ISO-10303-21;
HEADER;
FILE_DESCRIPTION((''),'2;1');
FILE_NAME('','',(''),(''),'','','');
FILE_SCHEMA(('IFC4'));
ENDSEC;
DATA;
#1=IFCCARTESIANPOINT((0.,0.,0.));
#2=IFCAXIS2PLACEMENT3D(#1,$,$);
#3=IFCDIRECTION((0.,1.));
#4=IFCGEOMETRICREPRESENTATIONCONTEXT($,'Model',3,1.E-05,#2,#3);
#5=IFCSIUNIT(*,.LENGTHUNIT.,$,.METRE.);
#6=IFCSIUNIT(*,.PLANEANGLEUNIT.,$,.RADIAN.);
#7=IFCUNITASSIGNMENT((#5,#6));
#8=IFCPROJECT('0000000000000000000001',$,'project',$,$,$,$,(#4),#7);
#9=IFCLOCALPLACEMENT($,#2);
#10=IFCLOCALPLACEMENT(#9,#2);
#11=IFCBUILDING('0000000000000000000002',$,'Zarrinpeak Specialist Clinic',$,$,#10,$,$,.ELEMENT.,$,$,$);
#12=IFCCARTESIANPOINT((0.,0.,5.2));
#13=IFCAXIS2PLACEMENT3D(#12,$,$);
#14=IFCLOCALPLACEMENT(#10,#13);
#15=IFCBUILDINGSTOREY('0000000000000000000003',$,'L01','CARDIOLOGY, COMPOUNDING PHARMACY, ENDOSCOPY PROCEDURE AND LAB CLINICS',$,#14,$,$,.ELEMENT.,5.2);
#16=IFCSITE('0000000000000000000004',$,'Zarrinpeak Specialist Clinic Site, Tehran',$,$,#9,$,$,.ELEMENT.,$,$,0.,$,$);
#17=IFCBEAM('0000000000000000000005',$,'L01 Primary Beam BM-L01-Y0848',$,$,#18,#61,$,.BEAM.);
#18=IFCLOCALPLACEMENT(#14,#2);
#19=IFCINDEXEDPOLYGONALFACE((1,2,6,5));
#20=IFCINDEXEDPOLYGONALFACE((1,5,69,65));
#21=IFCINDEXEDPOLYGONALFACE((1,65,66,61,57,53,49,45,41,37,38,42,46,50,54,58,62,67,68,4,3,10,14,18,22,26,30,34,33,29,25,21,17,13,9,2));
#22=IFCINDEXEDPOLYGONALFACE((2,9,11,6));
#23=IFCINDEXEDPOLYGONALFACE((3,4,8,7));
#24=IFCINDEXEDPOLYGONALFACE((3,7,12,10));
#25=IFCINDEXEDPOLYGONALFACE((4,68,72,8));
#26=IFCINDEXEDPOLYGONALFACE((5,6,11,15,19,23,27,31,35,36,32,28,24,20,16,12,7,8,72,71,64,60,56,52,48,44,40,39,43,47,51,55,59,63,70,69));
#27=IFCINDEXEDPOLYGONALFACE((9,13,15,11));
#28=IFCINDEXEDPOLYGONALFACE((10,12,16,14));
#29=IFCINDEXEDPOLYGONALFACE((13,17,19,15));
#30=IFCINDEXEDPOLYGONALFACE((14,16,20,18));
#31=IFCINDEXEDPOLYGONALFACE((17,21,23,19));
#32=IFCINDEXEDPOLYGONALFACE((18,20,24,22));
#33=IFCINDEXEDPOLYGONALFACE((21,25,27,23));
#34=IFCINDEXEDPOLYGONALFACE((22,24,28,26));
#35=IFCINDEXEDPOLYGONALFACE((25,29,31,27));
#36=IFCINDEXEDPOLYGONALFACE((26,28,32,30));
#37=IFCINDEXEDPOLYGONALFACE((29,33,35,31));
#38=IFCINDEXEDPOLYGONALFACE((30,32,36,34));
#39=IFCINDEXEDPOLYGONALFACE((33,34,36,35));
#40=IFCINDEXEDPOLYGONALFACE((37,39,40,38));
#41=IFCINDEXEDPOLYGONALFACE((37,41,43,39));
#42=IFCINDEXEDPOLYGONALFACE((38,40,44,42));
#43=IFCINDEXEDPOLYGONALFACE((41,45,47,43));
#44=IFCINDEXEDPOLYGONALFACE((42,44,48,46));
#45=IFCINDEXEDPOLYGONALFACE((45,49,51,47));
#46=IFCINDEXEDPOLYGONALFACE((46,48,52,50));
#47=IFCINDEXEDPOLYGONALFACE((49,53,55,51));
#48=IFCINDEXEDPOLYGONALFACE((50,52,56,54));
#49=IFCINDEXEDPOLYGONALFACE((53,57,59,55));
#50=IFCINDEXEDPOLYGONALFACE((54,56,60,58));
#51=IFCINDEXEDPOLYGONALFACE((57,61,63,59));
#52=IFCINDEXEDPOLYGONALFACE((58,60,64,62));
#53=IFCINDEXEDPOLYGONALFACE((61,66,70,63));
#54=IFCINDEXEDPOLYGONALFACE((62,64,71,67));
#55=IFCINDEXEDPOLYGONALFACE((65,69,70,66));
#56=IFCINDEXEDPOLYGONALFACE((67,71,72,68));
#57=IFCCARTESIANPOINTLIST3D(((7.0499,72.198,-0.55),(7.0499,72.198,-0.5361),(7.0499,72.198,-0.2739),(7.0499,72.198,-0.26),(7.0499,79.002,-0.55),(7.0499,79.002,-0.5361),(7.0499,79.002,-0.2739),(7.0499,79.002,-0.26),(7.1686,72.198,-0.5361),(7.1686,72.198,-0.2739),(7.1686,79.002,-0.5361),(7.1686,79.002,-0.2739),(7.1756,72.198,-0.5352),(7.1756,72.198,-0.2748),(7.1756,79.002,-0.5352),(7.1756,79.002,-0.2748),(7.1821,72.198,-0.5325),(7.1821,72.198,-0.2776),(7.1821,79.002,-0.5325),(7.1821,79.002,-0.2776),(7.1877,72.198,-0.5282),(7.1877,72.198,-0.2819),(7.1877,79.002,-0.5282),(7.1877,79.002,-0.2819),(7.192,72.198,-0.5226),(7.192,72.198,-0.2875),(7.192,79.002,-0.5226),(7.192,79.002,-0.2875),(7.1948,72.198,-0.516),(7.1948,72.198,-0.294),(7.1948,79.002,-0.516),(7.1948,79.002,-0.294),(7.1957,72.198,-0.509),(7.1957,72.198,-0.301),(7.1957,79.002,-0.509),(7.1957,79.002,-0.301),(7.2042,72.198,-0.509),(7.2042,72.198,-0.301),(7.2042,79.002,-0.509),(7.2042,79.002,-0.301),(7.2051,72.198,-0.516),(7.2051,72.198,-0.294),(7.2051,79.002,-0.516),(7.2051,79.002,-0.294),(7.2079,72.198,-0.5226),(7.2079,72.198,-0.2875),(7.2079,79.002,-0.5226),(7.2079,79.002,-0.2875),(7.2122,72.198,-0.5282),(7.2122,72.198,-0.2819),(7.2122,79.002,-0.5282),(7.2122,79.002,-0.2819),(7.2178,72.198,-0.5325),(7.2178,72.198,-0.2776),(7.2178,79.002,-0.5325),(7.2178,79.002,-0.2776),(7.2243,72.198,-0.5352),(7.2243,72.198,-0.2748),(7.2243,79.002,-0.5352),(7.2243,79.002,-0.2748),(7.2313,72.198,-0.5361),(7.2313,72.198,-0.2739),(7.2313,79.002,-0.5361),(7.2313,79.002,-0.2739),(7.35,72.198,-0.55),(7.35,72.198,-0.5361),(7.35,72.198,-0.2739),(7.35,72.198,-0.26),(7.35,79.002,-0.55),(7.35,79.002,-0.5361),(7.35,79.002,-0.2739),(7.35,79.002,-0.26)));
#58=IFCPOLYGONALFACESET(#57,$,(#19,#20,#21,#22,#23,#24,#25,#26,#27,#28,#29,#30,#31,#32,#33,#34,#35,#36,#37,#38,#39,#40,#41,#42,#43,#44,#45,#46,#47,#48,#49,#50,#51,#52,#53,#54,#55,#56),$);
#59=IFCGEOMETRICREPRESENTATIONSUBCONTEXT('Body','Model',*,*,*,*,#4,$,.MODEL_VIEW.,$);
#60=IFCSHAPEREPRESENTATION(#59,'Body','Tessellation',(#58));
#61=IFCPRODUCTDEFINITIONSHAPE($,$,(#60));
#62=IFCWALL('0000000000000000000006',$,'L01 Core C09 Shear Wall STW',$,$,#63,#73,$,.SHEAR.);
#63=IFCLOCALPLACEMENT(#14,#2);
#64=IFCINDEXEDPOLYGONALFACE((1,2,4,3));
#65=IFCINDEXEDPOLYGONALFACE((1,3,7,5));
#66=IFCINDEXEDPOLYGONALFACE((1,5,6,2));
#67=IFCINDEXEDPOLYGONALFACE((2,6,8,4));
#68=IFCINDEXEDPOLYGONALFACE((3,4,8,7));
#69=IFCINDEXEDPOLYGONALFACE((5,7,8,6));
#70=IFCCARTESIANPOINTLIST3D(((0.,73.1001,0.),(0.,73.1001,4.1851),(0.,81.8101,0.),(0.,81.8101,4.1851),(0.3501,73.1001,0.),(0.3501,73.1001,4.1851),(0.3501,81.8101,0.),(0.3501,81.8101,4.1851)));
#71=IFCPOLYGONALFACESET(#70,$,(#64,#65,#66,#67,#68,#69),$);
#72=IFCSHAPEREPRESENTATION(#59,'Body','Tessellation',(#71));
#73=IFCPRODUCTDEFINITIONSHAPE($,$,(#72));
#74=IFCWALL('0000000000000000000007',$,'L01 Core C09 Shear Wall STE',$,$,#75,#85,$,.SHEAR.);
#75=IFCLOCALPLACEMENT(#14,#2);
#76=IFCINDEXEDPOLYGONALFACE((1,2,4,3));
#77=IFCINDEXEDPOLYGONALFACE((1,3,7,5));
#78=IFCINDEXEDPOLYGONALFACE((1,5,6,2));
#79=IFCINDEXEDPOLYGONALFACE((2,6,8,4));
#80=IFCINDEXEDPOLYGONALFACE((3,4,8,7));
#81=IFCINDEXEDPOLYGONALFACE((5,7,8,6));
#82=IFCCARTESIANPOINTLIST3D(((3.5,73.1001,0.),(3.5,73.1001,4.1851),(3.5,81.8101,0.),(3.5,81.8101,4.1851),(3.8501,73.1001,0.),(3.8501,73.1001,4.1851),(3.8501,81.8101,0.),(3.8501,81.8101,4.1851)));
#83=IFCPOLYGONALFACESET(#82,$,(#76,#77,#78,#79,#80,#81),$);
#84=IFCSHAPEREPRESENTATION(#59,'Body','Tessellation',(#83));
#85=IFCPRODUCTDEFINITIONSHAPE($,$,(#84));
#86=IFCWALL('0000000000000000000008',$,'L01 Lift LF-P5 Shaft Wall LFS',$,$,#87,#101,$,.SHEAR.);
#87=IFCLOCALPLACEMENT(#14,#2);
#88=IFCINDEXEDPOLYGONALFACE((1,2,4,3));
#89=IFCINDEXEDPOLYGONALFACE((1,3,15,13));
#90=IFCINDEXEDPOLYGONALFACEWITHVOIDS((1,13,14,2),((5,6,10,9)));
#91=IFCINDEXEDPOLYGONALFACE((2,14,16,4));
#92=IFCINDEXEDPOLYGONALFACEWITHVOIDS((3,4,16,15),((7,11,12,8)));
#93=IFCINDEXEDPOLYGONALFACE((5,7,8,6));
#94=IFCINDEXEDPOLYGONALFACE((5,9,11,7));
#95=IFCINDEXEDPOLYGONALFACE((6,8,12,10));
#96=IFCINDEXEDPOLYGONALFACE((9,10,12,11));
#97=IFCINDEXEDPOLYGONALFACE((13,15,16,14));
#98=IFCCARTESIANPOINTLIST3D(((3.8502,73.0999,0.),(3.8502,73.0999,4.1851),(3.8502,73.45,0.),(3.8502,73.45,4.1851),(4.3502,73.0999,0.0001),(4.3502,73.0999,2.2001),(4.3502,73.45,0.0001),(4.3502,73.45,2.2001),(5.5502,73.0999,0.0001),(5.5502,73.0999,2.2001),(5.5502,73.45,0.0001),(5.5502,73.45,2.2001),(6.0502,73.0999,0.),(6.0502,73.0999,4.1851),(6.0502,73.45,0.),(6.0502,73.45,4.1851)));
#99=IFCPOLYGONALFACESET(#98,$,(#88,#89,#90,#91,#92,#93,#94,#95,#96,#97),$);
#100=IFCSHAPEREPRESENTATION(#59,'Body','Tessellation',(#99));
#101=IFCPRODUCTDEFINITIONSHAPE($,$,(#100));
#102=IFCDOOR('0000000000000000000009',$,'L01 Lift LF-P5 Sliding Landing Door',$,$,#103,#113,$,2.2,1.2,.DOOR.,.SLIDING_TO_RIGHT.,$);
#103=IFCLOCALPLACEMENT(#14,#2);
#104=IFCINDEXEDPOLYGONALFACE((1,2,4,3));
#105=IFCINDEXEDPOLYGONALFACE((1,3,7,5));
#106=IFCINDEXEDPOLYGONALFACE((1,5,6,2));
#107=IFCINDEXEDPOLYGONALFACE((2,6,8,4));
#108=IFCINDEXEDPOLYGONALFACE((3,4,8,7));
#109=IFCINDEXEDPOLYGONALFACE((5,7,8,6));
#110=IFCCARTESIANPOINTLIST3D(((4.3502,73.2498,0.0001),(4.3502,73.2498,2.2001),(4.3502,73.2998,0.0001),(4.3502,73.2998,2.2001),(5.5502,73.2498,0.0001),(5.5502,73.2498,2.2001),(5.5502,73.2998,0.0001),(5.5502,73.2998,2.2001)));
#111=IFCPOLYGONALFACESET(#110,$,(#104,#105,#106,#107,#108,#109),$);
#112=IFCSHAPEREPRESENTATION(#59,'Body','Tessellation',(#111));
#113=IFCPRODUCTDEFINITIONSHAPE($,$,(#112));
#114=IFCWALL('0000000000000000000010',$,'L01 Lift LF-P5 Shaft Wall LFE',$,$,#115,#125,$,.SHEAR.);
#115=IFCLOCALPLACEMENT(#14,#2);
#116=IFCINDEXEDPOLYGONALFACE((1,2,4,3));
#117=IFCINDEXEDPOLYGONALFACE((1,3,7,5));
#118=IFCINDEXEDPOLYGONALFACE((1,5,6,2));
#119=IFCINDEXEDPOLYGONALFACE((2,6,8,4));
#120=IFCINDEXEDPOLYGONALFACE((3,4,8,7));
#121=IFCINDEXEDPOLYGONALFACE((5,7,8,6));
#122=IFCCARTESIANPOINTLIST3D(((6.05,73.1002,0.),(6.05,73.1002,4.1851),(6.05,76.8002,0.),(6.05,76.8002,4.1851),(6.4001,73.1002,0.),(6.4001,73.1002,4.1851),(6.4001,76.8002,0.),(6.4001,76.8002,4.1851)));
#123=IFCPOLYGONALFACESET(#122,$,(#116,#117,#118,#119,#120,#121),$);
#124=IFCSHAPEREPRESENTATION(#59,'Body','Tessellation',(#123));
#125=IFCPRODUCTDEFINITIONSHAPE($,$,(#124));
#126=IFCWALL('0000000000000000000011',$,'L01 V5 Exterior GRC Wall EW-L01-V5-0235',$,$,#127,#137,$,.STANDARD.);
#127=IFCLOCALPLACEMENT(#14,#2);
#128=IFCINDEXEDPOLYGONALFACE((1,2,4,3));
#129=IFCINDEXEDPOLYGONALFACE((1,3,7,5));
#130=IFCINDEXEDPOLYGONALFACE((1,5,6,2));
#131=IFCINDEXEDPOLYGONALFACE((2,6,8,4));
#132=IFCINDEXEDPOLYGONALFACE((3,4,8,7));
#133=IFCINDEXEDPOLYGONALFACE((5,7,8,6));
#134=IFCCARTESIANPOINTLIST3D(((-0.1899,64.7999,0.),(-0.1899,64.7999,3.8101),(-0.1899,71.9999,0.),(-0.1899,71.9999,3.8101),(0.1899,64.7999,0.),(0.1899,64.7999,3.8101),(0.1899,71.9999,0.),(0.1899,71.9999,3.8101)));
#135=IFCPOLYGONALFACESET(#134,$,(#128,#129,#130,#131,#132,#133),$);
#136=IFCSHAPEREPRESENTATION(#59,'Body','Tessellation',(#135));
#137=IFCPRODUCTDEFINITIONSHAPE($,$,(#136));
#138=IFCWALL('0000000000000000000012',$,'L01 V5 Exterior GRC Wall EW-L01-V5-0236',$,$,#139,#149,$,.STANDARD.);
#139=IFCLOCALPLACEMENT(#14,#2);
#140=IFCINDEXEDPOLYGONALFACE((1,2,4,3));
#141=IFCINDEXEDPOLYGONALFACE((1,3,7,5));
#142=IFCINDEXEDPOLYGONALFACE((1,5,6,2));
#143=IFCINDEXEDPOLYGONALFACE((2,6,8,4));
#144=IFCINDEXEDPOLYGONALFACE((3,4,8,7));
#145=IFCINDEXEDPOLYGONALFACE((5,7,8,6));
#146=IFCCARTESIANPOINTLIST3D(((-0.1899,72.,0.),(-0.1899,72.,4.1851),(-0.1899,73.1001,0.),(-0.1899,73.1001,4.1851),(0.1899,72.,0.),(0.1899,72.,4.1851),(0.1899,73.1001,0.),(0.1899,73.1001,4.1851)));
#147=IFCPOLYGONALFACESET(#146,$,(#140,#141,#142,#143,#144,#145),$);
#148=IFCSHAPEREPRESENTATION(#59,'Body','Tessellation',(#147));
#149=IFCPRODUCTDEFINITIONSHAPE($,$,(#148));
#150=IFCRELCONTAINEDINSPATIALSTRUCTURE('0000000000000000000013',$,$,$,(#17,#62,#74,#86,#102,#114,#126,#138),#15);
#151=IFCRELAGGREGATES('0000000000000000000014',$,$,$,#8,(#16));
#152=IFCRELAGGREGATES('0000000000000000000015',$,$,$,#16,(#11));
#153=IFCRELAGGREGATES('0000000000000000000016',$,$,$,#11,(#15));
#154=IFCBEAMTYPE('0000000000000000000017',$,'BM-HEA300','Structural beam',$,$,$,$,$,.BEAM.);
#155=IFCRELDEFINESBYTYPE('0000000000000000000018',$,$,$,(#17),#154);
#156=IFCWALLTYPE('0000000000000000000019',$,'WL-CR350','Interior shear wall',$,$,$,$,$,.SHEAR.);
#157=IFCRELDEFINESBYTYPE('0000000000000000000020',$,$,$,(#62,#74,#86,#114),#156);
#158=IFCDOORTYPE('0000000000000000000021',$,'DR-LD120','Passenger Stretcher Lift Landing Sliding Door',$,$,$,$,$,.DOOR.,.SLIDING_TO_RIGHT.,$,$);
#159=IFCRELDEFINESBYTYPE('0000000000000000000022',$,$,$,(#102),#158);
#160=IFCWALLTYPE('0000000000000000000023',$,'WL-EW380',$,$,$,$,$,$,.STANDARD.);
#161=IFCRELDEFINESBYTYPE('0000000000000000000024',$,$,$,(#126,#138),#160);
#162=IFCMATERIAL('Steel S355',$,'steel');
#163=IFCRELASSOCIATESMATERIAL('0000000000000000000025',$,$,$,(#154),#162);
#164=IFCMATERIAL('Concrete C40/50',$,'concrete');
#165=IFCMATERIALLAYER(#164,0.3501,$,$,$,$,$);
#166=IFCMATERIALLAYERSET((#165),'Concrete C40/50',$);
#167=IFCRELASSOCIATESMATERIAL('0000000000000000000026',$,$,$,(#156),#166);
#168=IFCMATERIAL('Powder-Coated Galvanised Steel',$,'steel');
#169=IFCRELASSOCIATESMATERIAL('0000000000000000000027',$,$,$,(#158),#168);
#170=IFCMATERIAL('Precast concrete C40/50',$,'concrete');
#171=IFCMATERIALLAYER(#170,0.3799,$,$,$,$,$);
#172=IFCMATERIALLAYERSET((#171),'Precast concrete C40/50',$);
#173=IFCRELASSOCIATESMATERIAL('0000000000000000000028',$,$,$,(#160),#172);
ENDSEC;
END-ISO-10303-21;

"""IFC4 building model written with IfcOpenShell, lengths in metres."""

from ifc_helpers import new_model, si_unit, direction, frame, frame_2d, origin, origin_2d, place, context, subcontext, project, spatial, rectangle, i_section, extrude, material, layer, layer_set, material_profile, profile_set, type_object, element, fill, save


model = new_model("IFC4")

# Units and contexts
model_context = context("Model", 3, precision=1e-05, world=origin(), true_north=direction((0.0, 1.0)))
body_context = subcontext(model_context, "Body", "Model", "MODEL_VIEW")
ifc_project = project(units=[si_unit("LENGTHUNIT", "METRE"), si_unit("PLANEANGLEUNIT", "RADIAN")], contexts=[model_context])

# Site, building, storey
site_placement = place(None, origin())
site = spatial("IfcSite", under=ifc_project, at=site_placement, Name="Zarrinpeak Specialist Clinic Site, Tehran", CompositionType="ELEMENT", RefElevation=0.0)
building_placement = place(site_placement, origin())
building = spatial("IfcBuilding", under=site, at=building_placement, Name="Zarrinpeak Specialist Clinic", CompositionType="ELEMENT")
storey_placement = place(building_placement, frame((0.0, 0.0, 5.2)))
storey = spatial("IfcBuildingStorey", under=building, at=storey_placement, Name="L01", Description="CARDIOLOGY, COMPOUNDING PHARMACY, ENDOSCOPY PROCEDURE AND LAB CLINICS", CompositionType="ELEMENT", Elevation=5.2)

# Shared definitions
ifc_material_1 = material(Name="Steel S355", Category="steel")

# Beam
ifc_material_profile_1 = material_profile(ifc_material_1, i_section(OverallWidth=0.3, OverallDepth=0.29, WebThickness=0.0085, FlangeThickness=0.0139, FilletRadius=0.0271, at=origin_2d()), Name="HEA 300")
ifc_profile_set_1 = profile_set([ifc_material_profile_1], Name="Steel S355")
beam_type = type_object("IfcBeamType", Name="BM-HEA300", Description="Structural beam", PredefinedType="BEAM", material=ifc_profile_set_1)
beam_placement = place(storey_placement, frame((7.2, 72.198, -0.405), z_axis=(0.0, 1.0, 0.0), x_axis=(-1.0, 0.0, 0.0)))
element("IfcBeam", 1, at=beam_placement, inside=storey, type_object=beam_type, Name="L01 Primary Beam BM-L01-Y0848", PredefinedType="BEAM", context=body_context, shape_type="SweptSolid", body=[
    extrude(i_section(OverallWidth=0.3, OverallDepth=0.29, WebThickness=0.0085, FlangeThickness=0.0139, FilletRadius=0.0271, at=origin_2d()), origin(), (0.0, 0.0, 1.0), 6.804),
])

# Shared definitions
ifc_material_2 = material(Name="Concrete C40/50", Category="concrete")
ifc_layer_1 = layer(ifc_material_2, 0.3501)
ifc_layer_set_1 = layer_set([ifc_layer_1], Name="Concrete C40/50")
wall_type_1 = type_object("IfcWallType", Name="WL-CR350", Description="Interior shear wall", PredefinedType="SHEAR", material=ifc_layer_set_1)
ifc_material_3 = material(Name="Powder-Coated Galvanised Steel", Category="steel")

# Walls
for number, where, z_axis, x_axis, name in (
    (2, (0.175, 73.1001, 0.0), (0.0, 0.0, 1.0), (0.0, 1.0, 0.0), "L01 Core C09 Shear Wall STW"),
    (3, (3.675, 73.1001, 0.0), (0.0, 0.0, 1.0), (0.0, 1.0, 0.0), "L01 Core C09 Shear Wall STE"),
):
    element("IfcWall", number, at=place(storey_placement, frame(where, z_axis=z_axis, x_axis=x_axis)), inside=storey, type_object=wall_type_1, Name=name, PredefinedType="SHEAR", context=body_context, shape_type="SweptSolid", body=[
        extrude(rectangle(XDim=8.71, YDim=0.3501, at=frame_2d((4.355, 0.0))), origin(), (0.0, 0.0, 1.0), 4.1851),
    ])

# Wall, opening, door
wall_1_placement = place(storey_placement, frame((3.8501, 73.2749, 0.0), z_axis=(0.0, 0.0, 1.0), x_axis=(1.0, 0.0, 0.0)))
wall_1 = element("IfcWall", 4, at=wall_1_placement, inside=storey, type_object=wall_type_1, Name="L01 Lift LF-P5 Shaft Wall LFS", PredefinedType="SHEAR", context=body_context, shape_type="SweptSolid", body=[
    extrude(rectangle(XDim=2.2, YDim=0.3501, at=frame_2d((1.1001, 0.0))), origin(), (0.0, 0.0, 1.0), 4.1851),
])
opening_1_placement = place(wall_1_placement, frame((0.5, 0.0, 0.0)))
opening_1 = element("IfcOpeningElement", 5, at=opening_1_placement, cuts=wall_1, PredefinedType="OPENING", context=body_context, shape_type="SweptSolid", body=[
    extrude(rectangle(XDim=1.2, YDim=2.2, at=frame_2d((0.6001, 1.1001))), frame((0.0, 0.1851, 0.0), z_axis=(0.0, -1.0, 0.0), x_axis=(1.0, 0.0, 0.0)), (0.0, 0.0, 1.0), 0.3701),
])
door_type_1 = type_object("IfcDoorType", Name="DR-LD120", Description="Passenger Stretcher Lift Landing Sliding Door", OperationType="SLIDING_TO_RIGHT", PredefinedType="DOOR", material=ifc_material_3)
door_1_placement = place(opening_1_placement, origin())
door_1 = element("IfcDoor", 6, at=door_1_placement, inside=storey, type_object=door_type_1, Name="L01 Lift LF-P5 Sliding Landing Door", OperationType="SLIDING_TO_RIGHT", OverallHeight=2.2, OverallWidth=1.2, PredefinedType="DOOR", context=body_context, shape_type="SweptSolid", body=[
    extrude(rectangle(XDim=1.2, YDim=2.2, at=frame_2d((0.6001, 1.1001))), frame((0.0, 0.0249, 0.0), z_axis=(0.0, -1.0, 0.0), x_axis=(1.0, 0.0, 0.0)), (0.0, 0.0, 1.0), 0.05),
])
fill(opening_1, door_1)

# Walls
wall_2_placement = place(storey_placement, frame((6.2251, 73.1001, 0.0), z_axis=(0.0, 0.0, 1.0), x_axis=(0.0, 1.0, 0.0)))
element("IfcWall", 7, at=wall_2_placement, inside=storey, type_object=wall_type_1, Name="L01 Lift LF-P5 Shaft Wall LFE", PredefinedType="SHEAR", context=body_context, shape_type="SweptSolid", body=[
    extrude(rectangle(XDim=3.7, YDim=0.3501, at=frame_2d((1.8501, 0.0))), origin(), (0.0, 0.0, 1.0), 4.1851),
])
ifc_material_4 = material(Name="Precast concrete C40/50", Category="concrete")
ifc_layer_2 = layer(ifc_material_4, 0.3799)
ifc_layer_set_2 = layer_set([ifc_layer_2], Name="Precast concrete C40/50")
wall_type_2 = type_object("IfcWallType", Name="WL-EW380", PredefinedType="STANDARD", material=ifc_layer_set_2)
wall_3_placement = place(storey_placement, frame((0.0, 72.0, 0.0), z_axis=(0.0, 0.0, 1.0), x_axis=(0.0, -1.0, 0.0)))
element("IfcWall", 8, at=wall_3_placement, inside=storey, type_object=wall_type_2, Name="L01 V5 Exterior GRC Wall EW-L01-V5-0235", PredefinedType="STANDARD", context=body_context, shape_type="SweptSolid", body=[
    extrude(rectangle(XDim=7.2, YDim=0.3799, at=frame_2d((3.6001, 0.0))), origin(), (0.0, 0.0, 1.0), 3.8101),
])
wall_4_placement = place(storey_placement, frame((0.0, 73.1001, 0.0), z_axis=(0.0, 0.0, 1.0), x_axis=(0.0, -1.0, 0.0)))
element("IfcWall", 9, at=wall_4_placement, inside=storey, type_object=wall_type_2, Name="L01 V5 Exterior GRC Wall EW-L01-V5-0236", PredefinedType="STANDARD", context=body_context, shape_type="SweptSolid", body=[
    extrude(rectangle(XDim=1.1001, YDim=0.3799, at=frame_2d((0.55, 0.0))), origin(), (0.0, 0.0, 1.0), 4.1851),
])

save(model, "model.ifc")
